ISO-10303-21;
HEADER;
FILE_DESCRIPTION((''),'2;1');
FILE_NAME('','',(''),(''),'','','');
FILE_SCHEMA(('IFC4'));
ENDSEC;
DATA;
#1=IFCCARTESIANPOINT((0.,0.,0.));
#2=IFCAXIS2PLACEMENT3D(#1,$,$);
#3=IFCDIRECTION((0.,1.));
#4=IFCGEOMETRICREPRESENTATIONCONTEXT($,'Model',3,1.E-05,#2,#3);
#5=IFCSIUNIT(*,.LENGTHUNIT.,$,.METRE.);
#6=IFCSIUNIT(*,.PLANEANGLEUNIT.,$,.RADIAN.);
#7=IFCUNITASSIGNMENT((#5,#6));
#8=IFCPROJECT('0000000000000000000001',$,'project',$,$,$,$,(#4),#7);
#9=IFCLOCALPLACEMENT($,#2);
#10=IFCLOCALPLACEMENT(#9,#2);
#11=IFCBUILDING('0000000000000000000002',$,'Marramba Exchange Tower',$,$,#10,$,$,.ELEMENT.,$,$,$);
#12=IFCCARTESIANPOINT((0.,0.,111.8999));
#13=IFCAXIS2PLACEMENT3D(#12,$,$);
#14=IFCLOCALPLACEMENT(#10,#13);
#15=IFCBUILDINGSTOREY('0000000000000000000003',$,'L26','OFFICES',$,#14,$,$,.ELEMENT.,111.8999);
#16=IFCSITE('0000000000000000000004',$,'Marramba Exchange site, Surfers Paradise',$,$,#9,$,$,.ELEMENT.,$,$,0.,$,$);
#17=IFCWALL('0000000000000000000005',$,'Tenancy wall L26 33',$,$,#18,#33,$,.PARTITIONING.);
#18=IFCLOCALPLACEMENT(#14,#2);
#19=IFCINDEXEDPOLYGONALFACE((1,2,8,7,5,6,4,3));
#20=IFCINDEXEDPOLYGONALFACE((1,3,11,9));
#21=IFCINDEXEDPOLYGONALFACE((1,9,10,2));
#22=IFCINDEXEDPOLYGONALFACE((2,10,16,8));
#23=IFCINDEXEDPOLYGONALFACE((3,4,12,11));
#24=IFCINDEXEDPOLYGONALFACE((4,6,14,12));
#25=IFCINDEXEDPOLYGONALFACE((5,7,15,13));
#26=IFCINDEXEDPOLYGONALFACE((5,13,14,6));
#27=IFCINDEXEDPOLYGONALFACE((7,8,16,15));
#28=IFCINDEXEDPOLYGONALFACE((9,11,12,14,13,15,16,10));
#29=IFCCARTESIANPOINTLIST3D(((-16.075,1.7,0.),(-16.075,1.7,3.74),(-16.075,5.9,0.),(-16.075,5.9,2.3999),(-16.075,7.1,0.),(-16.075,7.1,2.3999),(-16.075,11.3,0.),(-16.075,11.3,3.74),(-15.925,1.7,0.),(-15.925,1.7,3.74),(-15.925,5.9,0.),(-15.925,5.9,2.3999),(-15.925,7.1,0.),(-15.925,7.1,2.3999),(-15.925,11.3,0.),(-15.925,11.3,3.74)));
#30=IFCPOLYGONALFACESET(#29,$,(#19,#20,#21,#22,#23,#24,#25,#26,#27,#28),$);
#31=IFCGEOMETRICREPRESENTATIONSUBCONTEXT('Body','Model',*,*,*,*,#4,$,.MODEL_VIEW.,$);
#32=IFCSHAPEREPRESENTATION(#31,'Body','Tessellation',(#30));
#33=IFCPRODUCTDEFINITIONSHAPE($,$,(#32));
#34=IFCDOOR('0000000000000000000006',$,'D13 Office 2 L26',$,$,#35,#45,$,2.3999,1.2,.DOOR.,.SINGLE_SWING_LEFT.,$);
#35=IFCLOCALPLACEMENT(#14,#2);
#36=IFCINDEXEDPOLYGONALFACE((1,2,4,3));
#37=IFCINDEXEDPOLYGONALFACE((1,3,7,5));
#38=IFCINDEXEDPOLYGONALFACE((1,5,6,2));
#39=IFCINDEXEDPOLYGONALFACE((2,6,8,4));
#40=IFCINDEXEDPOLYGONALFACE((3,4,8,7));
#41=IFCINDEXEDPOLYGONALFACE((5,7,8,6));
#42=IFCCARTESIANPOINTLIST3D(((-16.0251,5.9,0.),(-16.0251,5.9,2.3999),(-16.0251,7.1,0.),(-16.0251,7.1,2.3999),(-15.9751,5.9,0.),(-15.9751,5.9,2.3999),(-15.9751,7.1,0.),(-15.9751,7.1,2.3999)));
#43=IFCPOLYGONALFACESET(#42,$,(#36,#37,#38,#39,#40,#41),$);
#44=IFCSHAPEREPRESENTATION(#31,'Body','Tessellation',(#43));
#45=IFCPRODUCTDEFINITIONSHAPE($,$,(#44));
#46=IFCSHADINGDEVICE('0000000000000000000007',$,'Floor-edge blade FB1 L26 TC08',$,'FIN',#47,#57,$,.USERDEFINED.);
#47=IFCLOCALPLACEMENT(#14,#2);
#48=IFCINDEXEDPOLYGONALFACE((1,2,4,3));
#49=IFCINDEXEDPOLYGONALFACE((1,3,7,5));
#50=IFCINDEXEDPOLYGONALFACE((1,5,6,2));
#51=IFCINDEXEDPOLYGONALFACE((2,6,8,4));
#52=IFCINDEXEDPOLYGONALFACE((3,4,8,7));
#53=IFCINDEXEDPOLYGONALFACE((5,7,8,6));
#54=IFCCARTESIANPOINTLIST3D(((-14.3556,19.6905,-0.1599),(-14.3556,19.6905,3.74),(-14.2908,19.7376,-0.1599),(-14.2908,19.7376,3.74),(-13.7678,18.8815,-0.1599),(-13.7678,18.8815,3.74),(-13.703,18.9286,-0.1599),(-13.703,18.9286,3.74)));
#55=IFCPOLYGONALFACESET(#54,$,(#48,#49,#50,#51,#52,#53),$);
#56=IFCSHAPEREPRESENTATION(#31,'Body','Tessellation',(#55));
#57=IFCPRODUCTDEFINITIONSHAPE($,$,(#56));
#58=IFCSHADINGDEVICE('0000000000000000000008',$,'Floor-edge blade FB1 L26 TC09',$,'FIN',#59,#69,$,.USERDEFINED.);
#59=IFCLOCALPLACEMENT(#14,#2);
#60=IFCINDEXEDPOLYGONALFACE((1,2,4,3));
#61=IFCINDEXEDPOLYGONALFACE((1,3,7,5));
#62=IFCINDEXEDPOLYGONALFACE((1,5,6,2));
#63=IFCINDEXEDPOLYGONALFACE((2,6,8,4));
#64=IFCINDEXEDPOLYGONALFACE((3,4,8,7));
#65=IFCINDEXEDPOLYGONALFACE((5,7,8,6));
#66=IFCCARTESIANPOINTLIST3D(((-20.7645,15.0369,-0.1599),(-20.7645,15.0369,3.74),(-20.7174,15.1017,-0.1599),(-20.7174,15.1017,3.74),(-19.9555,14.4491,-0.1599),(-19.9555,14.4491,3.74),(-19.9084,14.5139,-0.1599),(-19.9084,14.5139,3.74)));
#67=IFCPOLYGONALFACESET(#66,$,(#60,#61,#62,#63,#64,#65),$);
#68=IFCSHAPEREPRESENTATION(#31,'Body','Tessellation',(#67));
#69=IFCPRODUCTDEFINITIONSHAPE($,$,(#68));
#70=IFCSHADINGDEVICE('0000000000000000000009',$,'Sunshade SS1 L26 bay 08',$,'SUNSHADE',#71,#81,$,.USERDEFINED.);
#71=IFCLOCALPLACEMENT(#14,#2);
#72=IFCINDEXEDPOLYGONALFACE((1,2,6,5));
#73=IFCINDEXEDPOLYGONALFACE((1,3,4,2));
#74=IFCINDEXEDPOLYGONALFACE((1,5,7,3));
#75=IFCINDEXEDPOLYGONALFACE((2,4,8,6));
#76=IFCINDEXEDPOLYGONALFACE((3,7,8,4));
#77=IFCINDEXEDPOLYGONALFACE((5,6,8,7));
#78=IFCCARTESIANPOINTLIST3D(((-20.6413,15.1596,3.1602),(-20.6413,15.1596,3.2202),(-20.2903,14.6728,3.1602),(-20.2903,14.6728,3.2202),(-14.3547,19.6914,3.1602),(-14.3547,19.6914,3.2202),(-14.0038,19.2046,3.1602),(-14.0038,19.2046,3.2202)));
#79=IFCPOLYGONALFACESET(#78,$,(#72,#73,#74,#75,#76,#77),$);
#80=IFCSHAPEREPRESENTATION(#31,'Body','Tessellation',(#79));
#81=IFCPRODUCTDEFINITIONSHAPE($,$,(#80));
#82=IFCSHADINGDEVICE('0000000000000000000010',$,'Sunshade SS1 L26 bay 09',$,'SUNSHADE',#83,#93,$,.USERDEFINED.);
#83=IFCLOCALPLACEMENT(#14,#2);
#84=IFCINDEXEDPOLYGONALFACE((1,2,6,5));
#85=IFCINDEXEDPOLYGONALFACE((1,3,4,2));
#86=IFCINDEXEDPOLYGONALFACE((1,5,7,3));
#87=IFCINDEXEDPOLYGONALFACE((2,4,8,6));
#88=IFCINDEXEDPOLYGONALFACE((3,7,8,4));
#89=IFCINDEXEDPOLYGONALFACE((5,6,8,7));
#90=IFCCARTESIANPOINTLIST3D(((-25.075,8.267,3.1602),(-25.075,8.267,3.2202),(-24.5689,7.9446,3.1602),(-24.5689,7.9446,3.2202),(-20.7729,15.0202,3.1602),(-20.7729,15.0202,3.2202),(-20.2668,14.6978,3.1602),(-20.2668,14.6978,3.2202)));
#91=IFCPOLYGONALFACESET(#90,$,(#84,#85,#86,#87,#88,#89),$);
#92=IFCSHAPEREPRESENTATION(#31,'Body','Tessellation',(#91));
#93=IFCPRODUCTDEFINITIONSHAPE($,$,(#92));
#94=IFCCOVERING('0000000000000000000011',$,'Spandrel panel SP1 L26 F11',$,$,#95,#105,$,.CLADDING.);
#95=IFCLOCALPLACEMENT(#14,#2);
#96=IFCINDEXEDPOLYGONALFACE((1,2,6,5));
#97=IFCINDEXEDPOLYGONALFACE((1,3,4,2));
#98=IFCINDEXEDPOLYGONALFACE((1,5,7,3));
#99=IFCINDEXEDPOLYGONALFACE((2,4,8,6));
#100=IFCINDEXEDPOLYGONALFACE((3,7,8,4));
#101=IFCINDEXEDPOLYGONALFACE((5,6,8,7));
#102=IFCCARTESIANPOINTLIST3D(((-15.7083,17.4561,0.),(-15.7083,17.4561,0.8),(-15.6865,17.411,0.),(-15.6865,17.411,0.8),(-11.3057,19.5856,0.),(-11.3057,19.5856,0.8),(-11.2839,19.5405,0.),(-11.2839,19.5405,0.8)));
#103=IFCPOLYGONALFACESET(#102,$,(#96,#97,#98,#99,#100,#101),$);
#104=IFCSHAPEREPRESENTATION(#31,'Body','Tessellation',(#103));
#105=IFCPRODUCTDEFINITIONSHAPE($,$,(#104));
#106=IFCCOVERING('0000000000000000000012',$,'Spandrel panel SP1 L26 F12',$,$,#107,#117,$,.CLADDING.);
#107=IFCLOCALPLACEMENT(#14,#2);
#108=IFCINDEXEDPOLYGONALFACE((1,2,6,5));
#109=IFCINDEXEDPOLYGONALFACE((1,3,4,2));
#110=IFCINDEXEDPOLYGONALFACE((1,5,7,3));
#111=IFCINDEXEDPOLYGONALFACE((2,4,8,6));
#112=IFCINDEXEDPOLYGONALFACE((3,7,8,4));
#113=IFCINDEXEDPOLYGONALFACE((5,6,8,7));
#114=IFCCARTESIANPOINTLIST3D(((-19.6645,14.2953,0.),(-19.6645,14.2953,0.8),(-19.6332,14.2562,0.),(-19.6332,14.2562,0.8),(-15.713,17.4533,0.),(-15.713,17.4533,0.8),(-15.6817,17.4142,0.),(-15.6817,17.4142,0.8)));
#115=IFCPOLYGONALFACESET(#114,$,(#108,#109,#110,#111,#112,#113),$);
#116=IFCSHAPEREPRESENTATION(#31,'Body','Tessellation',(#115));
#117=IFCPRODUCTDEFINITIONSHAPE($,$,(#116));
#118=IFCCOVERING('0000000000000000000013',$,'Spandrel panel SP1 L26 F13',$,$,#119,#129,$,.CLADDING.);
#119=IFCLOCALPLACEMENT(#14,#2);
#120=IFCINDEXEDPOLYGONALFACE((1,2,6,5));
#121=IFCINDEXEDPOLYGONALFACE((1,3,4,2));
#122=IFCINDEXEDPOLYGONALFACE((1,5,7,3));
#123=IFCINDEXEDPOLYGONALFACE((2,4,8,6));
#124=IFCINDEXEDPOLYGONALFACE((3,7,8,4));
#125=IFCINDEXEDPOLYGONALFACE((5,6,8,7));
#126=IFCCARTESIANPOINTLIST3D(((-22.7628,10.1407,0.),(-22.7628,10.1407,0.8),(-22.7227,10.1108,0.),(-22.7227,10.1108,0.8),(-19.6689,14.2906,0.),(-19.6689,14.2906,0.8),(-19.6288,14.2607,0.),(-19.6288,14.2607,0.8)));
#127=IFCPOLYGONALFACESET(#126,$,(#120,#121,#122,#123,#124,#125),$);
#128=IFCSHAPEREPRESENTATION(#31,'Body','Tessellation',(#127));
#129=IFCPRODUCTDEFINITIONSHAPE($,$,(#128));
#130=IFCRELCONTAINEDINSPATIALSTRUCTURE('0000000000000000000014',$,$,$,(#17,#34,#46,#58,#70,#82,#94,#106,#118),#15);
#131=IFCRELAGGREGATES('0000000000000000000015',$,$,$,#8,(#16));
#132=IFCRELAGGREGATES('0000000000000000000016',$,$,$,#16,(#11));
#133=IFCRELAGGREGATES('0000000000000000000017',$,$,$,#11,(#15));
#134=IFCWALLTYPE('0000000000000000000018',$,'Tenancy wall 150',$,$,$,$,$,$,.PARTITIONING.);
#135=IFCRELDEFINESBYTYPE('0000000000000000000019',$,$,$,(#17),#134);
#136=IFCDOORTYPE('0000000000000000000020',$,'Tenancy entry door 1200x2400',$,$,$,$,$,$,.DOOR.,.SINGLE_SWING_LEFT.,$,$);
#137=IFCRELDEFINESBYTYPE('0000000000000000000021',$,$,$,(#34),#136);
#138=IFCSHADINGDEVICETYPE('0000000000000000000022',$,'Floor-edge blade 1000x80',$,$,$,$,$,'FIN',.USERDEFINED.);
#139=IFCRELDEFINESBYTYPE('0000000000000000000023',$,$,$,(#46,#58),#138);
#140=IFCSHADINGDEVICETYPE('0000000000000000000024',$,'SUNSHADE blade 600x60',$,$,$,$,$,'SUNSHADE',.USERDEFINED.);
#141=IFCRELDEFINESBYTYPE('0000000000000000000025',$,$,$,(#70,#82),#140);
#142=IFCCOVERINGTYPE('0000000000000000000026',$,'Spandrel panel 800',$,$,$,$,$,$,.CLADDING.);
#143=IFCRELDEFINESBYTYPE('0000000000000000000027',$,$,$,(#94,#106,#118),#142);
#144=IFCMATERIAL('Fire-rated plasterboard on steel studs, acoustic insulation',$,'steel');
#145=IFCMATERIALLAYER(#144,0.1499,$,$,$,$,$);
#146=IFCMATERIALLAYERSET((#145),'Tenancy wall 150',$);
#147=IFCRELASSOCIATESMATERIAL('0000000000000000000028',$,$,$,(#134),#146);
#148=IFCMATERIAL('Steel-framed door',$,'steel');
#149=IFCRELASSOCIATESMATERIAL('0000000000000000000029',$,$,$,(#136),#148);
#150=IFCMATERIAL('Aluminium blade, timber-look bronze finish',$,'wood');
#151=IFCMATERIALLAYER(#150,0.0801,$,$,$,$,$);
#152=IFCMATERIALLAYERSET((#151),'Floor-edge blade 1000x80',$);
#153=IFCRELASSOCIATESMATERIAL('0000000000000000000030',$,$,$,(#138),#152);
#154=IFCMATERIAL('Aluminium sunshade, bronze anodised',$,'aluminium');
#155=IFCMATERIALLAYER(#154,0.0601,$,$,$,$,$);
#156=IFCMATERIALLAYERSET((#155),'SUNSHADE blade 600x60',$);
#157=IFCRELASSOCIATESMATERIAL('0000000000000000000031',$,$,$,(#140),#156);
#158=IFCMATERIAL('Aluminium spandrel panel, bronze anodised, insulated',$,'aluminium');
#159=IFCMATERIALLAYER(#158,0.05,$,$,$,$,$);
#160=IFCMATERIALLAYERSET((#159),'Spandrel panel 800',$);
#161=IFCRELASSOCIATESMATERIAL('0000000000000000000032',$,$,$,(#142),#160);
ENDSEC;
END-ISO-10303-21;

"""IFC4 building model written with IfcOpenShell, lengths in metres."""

from ifc_helpers import new_model, si_unit, direction, frame, frame_2d, origin, origin_2d, place, context, subcontext, project, spatial, rectangle, extrude, material, layer, layer_set, type_object, element, fill, save


model = new_model("IFC4")

# Units and contexts
model_context = context("Model", 3, precision=1e-05, world=origin(), true_north=direction((0.0, 1.0)))
body_context = subcontext(model_context, "Body", "Model", "MODEL_VIEW")
ifc_project = project(units=[si_unit("LENGTHUNIT", "METRE"), si_unit("PLANEANGLEUNIT", "RADIAN")], contexts=[model_context])

# Site, building, storey
site_placement = place(None, origin())
site = spatial("IfcSite", under=ifc_project, at=site_placement, Name="Marramba Exchange site, Surfers Paradise", CompositionType="ELEMENT", RefElevation=0.0)
building_placement = place(site_placement, origin())
building = spatial("IfcBuilding", under=site, at=building_placement, Name="Marramba Exchange Tower", CompositionType="ELEMENT")
storey_placement = place(building_placement, frame((0.0, 0.0, 111.8999)))
storey = spatial("IfcBuildingStorey", under=building, at=storey_placement, Name="L26", Description="OFFICES", CompositionType="ELEMENT", Elevation=111.8999)

# Shared definitions
ifc_material_1 = material(Name="Fire-rated plasterboard on steel studs, acoustic insulation", Category="steel")
ifc_layer_1 = layer(ifc_material_1, 0.1499)
ifc_layer_set_1 = layer_set([ifc_layer_1], Name="Tenancy wall 150")
wall_type_1 = type_object("IfcWallType", Name="Tenancy wall 150", PredefinedType="PARTITIONING", material=ifc_layer_set_1)

# Wall, opening, door
wall_1_placement = place(storey_placement, frame((-16.0, 11.3, 0.0), z_axis=(0.0, 0.0, 1.0), x_axis=(0.0, -1.0, 0.0)))
wall_1 = element("IfcWall", 1, at=wall_1_placement, inside=storey, type_object=wall_type_1, Name="Tenancy wall L26 33", PredefinedType="PARTITIONING", context=body_context, shape_type="SweptSolid", body=[
    extrude(rectangle(XDim=9.6001, YDim=0.1499, at=frame_2d((4.8, 0.0))), origin(), (0.0, 0.0, 1.0), 3.74),
])
opening_placement = place(wall_1_placement, frame((4.2, 0.0, 0.0)))
opening = element("IfcOpeningElement", 2, at=opening_placement, cuts=wall_1, PredefinedType="OPENING", context=body_context, shape_type="SweptSolid", body=[
    extrude(rectangle(XDim=1.2, YDim=2.3999, at=frame_2d((0.6001, 1.2))), frame((0.0, 0.085, 0.0), z_axis=(0.0, -1.0, 0.0), x_axis=(1.0, 0.0, 0.0)), (0.0, 0.0, 1.0), 0.1699),
])
ifc_material_2 = material(Name="Steel-framed door", Category="steel")
door_type = type_object("IfcDoorType", Name="Tenancy entry door 1200x2400", OperationType="SINGLE_SWING_LEFT", PredefinedType="DOOR", material=ifc_material_2)
door_placement = place(opening_placement, origin())
door = element("IfcDoor", 3, at=door_placement, inside=storey, type_object=door_type, Name="D13 Office 2 L26", OperationType="SINGLE_SWING_LEFT", OverallHeight=2.3999, OverallWidth=1.2, PredefinedType="DOOR", context=body_context, shape_type="SweptSolid", body=[
    extrude(rectangle(XDim=1.2, YDim=2.3999, at=frame_2d((0.6001, 1.2))), frame((0.0, 0.0249, 0.0), z_axis=(0.0, -1.0, 0.0), x_axis=(1.0, 0.0, 0.0)), (0.0, 0.0, 1.0), 0.05),
])
fill(opening, door)

# Shading devices
ifc_material_3 = material(Name="Aluminium blade, timber-look bronze finish", Category="wood")
ifc_layer_2 = layer(ifc_material_3, 0.0801)
ifc_layer_set_2 = layer_set([ifc_layer_2], Name="Floor-edge blade 1000x80")
shading_device_type_1 = type_object("IfcShadingDeviceType", Name="Floor-edge blade 1000x80", ElementType="FIN", PredefinedType="USERDEFINED", material=ifc_layer_set_2)
for number, where, z_axis, x_axis, name in (
    (4, (-14.0293, 19.3096, -0.1599), (0.0, 0.0, 1.0), (-0.587785, 0.809017, 0.0), "Floor-edge blade FB1 L26 TC08"),
    (5, (-20.3364, 14.7754, -0.1599), (0.0, 0.0, 1.0), (-0.809017, 0.587785, 0.0), "Floor-edge blade FB1 L26 TC09"),
):
    element("IfcShadingDevice", number, at=place(storey_placement, frame(where, z_axis=z_axis, x_axis=x_axis)), inside=storey, type_object=shading_device_type_1, Name=name, ObjectType="FIN", PredefinedType="USERDEFINED", context=body_context, shape_type="SweptSolid", body=[
        extrude(rectangle(XDim=1.0, YDim=0.0801, at=origin_2d()), origin(), (0.0, 0.0, 1.0), 3.8999),
    ])
ifc_material_4 = material(Name="Aluminium sunshade, bronze anodised", Category="aluminium")
ifc_layer_3 = layer(ifc_material_4, 0.0601)
ifc_layer_set_3 = layer_set([ifc_layer_3], Name="SUNSHADE blade 600x60")
shading_device_type_2 = type_object("IfcShadingDeviceType", Name="SUNSHADE blade 600x60", ElementType="SUNSHADE", PredefinedType="USERDEFINED", material=ifc_layer_set_3)
shading_device_1_placement = place(storey_placement, frame((-17.3225, 17.1821, 3.1602), z_axis=(0.0, 0.0, 1.0), x_axis=(-0.811199, -0.58477, 0.0)))
element("IfcShadingDevice", 6, at=shading_device_1_placement, inside=storey, type_object=shading_device_type_2, Name="Sunshade SS1 L26 bay 08", ObjectType="SUNSHADE", PredefinedType="USERDEFINED", context=body_context, shape_type="SweptSolid", body=[
    extrude(rectangle(XDim=7.7498, YDim=0.6001, at=origin_2d()), origin(), (0.0, 0.0, 1.0), 0.0601),
])
shading_device_2_placement = place(storey_placement, frame((-22.6709, 11.4824, 3.1602), z_axis=(0.0, 0.0, 1.0), x_axis=(-0.537285, -0.843401, 0.0)))
element("IfcShadingDevice", 7, at=shading_device_2_placement, inside=storey, type_object=shading_device_type_2, Name="Sunshade SS1 L26 bay 09", ObjectType="SUNSHADE", PredefinedType="USERDEFINED", context=body_context, shape_type="SweptSolid", body=[
    extrude(rectangle(XDim=8.0071, YDim=0.6001, at=origin_2d()), origin(), (0.0, 0.0, 1.0), 0.0601),
])

# Coverings
ifc_material_5 = material(Name="Aluminium spandrel panel, bronze anodised, insulated", Category="aluminium")
ifc_layer_4 = layer(ifc_material_5, 0.05)
ifc_layer_set_4 = layer_set([ifc_layer_4], Name="Spandrel panel 800")
covering_type = type_object("IfcCoveringType", Name="Spandrel panel 800", PredefinedType="CLADDING", material=ifc_layer_set_4)
covering_1_placement = place(storey_placement, frame((-13.4961, 18.4983, 0.0), z_axis=(0.0, 0.0, 1.0), x_axis=(-0.900224, -0.435428, 0.0)))
element("IfcCovering", 8, at=covering_1_placement, inside=storey, type_object=covering_type, Name="Spandrel panel SP1 L26 F11", PredefinedType="CLADDING", context=body_context, shape_type="SweptSolid", body=[
    extrude(rectangle(XDim=4.8906, YDim=0.05, at=origin_2d()), origin(), (0.0, 0.0, 1.0), 0.8),
])
covering_2_placement = place(storey_placement, frame((-17.6731, 15.8547, 0.0), z_axis=(0.0, 0.0, 1.0), x_axis=(-0.781178, -0.624308, 0.0)))
element("IfcCovering", 9, at=covering_2_placement, inside=storey, type_object=covering_type, Name="Spandrel panel SP1 L26 F12", PredefinedType="CLADDING", context=body_context, shape_type="SweptSolid", body=[
    extrude(rectangle(XDim=5.0583, YDim=0.05, at=origin_2d()), origin(), (0.0, 0.0, 1.0), 0.8),
])
covering_3_placement = place(storey_placement, frame((-21.1958, 12.2007, 0.0), z_axis=(0.0, 0.0, 1.0), x_axis=(-0.597704, -0.801717, 0.0)))
element("IfcCovering", 10, at=covering_3_placement, inside=storey, type_object=covering_type, Name="Spandrel panel SP1 L26 F13", PredefinedType="CLADDING", context=body_context, shape_type="SweptSolid", body=[
    extrude(rectangle(XDim=5.1763, YDim=0.05, at=origin_2d()), origin(), (0.0, 0.0, 1.0), 0.8),
])

save(model, "model.ifc")
